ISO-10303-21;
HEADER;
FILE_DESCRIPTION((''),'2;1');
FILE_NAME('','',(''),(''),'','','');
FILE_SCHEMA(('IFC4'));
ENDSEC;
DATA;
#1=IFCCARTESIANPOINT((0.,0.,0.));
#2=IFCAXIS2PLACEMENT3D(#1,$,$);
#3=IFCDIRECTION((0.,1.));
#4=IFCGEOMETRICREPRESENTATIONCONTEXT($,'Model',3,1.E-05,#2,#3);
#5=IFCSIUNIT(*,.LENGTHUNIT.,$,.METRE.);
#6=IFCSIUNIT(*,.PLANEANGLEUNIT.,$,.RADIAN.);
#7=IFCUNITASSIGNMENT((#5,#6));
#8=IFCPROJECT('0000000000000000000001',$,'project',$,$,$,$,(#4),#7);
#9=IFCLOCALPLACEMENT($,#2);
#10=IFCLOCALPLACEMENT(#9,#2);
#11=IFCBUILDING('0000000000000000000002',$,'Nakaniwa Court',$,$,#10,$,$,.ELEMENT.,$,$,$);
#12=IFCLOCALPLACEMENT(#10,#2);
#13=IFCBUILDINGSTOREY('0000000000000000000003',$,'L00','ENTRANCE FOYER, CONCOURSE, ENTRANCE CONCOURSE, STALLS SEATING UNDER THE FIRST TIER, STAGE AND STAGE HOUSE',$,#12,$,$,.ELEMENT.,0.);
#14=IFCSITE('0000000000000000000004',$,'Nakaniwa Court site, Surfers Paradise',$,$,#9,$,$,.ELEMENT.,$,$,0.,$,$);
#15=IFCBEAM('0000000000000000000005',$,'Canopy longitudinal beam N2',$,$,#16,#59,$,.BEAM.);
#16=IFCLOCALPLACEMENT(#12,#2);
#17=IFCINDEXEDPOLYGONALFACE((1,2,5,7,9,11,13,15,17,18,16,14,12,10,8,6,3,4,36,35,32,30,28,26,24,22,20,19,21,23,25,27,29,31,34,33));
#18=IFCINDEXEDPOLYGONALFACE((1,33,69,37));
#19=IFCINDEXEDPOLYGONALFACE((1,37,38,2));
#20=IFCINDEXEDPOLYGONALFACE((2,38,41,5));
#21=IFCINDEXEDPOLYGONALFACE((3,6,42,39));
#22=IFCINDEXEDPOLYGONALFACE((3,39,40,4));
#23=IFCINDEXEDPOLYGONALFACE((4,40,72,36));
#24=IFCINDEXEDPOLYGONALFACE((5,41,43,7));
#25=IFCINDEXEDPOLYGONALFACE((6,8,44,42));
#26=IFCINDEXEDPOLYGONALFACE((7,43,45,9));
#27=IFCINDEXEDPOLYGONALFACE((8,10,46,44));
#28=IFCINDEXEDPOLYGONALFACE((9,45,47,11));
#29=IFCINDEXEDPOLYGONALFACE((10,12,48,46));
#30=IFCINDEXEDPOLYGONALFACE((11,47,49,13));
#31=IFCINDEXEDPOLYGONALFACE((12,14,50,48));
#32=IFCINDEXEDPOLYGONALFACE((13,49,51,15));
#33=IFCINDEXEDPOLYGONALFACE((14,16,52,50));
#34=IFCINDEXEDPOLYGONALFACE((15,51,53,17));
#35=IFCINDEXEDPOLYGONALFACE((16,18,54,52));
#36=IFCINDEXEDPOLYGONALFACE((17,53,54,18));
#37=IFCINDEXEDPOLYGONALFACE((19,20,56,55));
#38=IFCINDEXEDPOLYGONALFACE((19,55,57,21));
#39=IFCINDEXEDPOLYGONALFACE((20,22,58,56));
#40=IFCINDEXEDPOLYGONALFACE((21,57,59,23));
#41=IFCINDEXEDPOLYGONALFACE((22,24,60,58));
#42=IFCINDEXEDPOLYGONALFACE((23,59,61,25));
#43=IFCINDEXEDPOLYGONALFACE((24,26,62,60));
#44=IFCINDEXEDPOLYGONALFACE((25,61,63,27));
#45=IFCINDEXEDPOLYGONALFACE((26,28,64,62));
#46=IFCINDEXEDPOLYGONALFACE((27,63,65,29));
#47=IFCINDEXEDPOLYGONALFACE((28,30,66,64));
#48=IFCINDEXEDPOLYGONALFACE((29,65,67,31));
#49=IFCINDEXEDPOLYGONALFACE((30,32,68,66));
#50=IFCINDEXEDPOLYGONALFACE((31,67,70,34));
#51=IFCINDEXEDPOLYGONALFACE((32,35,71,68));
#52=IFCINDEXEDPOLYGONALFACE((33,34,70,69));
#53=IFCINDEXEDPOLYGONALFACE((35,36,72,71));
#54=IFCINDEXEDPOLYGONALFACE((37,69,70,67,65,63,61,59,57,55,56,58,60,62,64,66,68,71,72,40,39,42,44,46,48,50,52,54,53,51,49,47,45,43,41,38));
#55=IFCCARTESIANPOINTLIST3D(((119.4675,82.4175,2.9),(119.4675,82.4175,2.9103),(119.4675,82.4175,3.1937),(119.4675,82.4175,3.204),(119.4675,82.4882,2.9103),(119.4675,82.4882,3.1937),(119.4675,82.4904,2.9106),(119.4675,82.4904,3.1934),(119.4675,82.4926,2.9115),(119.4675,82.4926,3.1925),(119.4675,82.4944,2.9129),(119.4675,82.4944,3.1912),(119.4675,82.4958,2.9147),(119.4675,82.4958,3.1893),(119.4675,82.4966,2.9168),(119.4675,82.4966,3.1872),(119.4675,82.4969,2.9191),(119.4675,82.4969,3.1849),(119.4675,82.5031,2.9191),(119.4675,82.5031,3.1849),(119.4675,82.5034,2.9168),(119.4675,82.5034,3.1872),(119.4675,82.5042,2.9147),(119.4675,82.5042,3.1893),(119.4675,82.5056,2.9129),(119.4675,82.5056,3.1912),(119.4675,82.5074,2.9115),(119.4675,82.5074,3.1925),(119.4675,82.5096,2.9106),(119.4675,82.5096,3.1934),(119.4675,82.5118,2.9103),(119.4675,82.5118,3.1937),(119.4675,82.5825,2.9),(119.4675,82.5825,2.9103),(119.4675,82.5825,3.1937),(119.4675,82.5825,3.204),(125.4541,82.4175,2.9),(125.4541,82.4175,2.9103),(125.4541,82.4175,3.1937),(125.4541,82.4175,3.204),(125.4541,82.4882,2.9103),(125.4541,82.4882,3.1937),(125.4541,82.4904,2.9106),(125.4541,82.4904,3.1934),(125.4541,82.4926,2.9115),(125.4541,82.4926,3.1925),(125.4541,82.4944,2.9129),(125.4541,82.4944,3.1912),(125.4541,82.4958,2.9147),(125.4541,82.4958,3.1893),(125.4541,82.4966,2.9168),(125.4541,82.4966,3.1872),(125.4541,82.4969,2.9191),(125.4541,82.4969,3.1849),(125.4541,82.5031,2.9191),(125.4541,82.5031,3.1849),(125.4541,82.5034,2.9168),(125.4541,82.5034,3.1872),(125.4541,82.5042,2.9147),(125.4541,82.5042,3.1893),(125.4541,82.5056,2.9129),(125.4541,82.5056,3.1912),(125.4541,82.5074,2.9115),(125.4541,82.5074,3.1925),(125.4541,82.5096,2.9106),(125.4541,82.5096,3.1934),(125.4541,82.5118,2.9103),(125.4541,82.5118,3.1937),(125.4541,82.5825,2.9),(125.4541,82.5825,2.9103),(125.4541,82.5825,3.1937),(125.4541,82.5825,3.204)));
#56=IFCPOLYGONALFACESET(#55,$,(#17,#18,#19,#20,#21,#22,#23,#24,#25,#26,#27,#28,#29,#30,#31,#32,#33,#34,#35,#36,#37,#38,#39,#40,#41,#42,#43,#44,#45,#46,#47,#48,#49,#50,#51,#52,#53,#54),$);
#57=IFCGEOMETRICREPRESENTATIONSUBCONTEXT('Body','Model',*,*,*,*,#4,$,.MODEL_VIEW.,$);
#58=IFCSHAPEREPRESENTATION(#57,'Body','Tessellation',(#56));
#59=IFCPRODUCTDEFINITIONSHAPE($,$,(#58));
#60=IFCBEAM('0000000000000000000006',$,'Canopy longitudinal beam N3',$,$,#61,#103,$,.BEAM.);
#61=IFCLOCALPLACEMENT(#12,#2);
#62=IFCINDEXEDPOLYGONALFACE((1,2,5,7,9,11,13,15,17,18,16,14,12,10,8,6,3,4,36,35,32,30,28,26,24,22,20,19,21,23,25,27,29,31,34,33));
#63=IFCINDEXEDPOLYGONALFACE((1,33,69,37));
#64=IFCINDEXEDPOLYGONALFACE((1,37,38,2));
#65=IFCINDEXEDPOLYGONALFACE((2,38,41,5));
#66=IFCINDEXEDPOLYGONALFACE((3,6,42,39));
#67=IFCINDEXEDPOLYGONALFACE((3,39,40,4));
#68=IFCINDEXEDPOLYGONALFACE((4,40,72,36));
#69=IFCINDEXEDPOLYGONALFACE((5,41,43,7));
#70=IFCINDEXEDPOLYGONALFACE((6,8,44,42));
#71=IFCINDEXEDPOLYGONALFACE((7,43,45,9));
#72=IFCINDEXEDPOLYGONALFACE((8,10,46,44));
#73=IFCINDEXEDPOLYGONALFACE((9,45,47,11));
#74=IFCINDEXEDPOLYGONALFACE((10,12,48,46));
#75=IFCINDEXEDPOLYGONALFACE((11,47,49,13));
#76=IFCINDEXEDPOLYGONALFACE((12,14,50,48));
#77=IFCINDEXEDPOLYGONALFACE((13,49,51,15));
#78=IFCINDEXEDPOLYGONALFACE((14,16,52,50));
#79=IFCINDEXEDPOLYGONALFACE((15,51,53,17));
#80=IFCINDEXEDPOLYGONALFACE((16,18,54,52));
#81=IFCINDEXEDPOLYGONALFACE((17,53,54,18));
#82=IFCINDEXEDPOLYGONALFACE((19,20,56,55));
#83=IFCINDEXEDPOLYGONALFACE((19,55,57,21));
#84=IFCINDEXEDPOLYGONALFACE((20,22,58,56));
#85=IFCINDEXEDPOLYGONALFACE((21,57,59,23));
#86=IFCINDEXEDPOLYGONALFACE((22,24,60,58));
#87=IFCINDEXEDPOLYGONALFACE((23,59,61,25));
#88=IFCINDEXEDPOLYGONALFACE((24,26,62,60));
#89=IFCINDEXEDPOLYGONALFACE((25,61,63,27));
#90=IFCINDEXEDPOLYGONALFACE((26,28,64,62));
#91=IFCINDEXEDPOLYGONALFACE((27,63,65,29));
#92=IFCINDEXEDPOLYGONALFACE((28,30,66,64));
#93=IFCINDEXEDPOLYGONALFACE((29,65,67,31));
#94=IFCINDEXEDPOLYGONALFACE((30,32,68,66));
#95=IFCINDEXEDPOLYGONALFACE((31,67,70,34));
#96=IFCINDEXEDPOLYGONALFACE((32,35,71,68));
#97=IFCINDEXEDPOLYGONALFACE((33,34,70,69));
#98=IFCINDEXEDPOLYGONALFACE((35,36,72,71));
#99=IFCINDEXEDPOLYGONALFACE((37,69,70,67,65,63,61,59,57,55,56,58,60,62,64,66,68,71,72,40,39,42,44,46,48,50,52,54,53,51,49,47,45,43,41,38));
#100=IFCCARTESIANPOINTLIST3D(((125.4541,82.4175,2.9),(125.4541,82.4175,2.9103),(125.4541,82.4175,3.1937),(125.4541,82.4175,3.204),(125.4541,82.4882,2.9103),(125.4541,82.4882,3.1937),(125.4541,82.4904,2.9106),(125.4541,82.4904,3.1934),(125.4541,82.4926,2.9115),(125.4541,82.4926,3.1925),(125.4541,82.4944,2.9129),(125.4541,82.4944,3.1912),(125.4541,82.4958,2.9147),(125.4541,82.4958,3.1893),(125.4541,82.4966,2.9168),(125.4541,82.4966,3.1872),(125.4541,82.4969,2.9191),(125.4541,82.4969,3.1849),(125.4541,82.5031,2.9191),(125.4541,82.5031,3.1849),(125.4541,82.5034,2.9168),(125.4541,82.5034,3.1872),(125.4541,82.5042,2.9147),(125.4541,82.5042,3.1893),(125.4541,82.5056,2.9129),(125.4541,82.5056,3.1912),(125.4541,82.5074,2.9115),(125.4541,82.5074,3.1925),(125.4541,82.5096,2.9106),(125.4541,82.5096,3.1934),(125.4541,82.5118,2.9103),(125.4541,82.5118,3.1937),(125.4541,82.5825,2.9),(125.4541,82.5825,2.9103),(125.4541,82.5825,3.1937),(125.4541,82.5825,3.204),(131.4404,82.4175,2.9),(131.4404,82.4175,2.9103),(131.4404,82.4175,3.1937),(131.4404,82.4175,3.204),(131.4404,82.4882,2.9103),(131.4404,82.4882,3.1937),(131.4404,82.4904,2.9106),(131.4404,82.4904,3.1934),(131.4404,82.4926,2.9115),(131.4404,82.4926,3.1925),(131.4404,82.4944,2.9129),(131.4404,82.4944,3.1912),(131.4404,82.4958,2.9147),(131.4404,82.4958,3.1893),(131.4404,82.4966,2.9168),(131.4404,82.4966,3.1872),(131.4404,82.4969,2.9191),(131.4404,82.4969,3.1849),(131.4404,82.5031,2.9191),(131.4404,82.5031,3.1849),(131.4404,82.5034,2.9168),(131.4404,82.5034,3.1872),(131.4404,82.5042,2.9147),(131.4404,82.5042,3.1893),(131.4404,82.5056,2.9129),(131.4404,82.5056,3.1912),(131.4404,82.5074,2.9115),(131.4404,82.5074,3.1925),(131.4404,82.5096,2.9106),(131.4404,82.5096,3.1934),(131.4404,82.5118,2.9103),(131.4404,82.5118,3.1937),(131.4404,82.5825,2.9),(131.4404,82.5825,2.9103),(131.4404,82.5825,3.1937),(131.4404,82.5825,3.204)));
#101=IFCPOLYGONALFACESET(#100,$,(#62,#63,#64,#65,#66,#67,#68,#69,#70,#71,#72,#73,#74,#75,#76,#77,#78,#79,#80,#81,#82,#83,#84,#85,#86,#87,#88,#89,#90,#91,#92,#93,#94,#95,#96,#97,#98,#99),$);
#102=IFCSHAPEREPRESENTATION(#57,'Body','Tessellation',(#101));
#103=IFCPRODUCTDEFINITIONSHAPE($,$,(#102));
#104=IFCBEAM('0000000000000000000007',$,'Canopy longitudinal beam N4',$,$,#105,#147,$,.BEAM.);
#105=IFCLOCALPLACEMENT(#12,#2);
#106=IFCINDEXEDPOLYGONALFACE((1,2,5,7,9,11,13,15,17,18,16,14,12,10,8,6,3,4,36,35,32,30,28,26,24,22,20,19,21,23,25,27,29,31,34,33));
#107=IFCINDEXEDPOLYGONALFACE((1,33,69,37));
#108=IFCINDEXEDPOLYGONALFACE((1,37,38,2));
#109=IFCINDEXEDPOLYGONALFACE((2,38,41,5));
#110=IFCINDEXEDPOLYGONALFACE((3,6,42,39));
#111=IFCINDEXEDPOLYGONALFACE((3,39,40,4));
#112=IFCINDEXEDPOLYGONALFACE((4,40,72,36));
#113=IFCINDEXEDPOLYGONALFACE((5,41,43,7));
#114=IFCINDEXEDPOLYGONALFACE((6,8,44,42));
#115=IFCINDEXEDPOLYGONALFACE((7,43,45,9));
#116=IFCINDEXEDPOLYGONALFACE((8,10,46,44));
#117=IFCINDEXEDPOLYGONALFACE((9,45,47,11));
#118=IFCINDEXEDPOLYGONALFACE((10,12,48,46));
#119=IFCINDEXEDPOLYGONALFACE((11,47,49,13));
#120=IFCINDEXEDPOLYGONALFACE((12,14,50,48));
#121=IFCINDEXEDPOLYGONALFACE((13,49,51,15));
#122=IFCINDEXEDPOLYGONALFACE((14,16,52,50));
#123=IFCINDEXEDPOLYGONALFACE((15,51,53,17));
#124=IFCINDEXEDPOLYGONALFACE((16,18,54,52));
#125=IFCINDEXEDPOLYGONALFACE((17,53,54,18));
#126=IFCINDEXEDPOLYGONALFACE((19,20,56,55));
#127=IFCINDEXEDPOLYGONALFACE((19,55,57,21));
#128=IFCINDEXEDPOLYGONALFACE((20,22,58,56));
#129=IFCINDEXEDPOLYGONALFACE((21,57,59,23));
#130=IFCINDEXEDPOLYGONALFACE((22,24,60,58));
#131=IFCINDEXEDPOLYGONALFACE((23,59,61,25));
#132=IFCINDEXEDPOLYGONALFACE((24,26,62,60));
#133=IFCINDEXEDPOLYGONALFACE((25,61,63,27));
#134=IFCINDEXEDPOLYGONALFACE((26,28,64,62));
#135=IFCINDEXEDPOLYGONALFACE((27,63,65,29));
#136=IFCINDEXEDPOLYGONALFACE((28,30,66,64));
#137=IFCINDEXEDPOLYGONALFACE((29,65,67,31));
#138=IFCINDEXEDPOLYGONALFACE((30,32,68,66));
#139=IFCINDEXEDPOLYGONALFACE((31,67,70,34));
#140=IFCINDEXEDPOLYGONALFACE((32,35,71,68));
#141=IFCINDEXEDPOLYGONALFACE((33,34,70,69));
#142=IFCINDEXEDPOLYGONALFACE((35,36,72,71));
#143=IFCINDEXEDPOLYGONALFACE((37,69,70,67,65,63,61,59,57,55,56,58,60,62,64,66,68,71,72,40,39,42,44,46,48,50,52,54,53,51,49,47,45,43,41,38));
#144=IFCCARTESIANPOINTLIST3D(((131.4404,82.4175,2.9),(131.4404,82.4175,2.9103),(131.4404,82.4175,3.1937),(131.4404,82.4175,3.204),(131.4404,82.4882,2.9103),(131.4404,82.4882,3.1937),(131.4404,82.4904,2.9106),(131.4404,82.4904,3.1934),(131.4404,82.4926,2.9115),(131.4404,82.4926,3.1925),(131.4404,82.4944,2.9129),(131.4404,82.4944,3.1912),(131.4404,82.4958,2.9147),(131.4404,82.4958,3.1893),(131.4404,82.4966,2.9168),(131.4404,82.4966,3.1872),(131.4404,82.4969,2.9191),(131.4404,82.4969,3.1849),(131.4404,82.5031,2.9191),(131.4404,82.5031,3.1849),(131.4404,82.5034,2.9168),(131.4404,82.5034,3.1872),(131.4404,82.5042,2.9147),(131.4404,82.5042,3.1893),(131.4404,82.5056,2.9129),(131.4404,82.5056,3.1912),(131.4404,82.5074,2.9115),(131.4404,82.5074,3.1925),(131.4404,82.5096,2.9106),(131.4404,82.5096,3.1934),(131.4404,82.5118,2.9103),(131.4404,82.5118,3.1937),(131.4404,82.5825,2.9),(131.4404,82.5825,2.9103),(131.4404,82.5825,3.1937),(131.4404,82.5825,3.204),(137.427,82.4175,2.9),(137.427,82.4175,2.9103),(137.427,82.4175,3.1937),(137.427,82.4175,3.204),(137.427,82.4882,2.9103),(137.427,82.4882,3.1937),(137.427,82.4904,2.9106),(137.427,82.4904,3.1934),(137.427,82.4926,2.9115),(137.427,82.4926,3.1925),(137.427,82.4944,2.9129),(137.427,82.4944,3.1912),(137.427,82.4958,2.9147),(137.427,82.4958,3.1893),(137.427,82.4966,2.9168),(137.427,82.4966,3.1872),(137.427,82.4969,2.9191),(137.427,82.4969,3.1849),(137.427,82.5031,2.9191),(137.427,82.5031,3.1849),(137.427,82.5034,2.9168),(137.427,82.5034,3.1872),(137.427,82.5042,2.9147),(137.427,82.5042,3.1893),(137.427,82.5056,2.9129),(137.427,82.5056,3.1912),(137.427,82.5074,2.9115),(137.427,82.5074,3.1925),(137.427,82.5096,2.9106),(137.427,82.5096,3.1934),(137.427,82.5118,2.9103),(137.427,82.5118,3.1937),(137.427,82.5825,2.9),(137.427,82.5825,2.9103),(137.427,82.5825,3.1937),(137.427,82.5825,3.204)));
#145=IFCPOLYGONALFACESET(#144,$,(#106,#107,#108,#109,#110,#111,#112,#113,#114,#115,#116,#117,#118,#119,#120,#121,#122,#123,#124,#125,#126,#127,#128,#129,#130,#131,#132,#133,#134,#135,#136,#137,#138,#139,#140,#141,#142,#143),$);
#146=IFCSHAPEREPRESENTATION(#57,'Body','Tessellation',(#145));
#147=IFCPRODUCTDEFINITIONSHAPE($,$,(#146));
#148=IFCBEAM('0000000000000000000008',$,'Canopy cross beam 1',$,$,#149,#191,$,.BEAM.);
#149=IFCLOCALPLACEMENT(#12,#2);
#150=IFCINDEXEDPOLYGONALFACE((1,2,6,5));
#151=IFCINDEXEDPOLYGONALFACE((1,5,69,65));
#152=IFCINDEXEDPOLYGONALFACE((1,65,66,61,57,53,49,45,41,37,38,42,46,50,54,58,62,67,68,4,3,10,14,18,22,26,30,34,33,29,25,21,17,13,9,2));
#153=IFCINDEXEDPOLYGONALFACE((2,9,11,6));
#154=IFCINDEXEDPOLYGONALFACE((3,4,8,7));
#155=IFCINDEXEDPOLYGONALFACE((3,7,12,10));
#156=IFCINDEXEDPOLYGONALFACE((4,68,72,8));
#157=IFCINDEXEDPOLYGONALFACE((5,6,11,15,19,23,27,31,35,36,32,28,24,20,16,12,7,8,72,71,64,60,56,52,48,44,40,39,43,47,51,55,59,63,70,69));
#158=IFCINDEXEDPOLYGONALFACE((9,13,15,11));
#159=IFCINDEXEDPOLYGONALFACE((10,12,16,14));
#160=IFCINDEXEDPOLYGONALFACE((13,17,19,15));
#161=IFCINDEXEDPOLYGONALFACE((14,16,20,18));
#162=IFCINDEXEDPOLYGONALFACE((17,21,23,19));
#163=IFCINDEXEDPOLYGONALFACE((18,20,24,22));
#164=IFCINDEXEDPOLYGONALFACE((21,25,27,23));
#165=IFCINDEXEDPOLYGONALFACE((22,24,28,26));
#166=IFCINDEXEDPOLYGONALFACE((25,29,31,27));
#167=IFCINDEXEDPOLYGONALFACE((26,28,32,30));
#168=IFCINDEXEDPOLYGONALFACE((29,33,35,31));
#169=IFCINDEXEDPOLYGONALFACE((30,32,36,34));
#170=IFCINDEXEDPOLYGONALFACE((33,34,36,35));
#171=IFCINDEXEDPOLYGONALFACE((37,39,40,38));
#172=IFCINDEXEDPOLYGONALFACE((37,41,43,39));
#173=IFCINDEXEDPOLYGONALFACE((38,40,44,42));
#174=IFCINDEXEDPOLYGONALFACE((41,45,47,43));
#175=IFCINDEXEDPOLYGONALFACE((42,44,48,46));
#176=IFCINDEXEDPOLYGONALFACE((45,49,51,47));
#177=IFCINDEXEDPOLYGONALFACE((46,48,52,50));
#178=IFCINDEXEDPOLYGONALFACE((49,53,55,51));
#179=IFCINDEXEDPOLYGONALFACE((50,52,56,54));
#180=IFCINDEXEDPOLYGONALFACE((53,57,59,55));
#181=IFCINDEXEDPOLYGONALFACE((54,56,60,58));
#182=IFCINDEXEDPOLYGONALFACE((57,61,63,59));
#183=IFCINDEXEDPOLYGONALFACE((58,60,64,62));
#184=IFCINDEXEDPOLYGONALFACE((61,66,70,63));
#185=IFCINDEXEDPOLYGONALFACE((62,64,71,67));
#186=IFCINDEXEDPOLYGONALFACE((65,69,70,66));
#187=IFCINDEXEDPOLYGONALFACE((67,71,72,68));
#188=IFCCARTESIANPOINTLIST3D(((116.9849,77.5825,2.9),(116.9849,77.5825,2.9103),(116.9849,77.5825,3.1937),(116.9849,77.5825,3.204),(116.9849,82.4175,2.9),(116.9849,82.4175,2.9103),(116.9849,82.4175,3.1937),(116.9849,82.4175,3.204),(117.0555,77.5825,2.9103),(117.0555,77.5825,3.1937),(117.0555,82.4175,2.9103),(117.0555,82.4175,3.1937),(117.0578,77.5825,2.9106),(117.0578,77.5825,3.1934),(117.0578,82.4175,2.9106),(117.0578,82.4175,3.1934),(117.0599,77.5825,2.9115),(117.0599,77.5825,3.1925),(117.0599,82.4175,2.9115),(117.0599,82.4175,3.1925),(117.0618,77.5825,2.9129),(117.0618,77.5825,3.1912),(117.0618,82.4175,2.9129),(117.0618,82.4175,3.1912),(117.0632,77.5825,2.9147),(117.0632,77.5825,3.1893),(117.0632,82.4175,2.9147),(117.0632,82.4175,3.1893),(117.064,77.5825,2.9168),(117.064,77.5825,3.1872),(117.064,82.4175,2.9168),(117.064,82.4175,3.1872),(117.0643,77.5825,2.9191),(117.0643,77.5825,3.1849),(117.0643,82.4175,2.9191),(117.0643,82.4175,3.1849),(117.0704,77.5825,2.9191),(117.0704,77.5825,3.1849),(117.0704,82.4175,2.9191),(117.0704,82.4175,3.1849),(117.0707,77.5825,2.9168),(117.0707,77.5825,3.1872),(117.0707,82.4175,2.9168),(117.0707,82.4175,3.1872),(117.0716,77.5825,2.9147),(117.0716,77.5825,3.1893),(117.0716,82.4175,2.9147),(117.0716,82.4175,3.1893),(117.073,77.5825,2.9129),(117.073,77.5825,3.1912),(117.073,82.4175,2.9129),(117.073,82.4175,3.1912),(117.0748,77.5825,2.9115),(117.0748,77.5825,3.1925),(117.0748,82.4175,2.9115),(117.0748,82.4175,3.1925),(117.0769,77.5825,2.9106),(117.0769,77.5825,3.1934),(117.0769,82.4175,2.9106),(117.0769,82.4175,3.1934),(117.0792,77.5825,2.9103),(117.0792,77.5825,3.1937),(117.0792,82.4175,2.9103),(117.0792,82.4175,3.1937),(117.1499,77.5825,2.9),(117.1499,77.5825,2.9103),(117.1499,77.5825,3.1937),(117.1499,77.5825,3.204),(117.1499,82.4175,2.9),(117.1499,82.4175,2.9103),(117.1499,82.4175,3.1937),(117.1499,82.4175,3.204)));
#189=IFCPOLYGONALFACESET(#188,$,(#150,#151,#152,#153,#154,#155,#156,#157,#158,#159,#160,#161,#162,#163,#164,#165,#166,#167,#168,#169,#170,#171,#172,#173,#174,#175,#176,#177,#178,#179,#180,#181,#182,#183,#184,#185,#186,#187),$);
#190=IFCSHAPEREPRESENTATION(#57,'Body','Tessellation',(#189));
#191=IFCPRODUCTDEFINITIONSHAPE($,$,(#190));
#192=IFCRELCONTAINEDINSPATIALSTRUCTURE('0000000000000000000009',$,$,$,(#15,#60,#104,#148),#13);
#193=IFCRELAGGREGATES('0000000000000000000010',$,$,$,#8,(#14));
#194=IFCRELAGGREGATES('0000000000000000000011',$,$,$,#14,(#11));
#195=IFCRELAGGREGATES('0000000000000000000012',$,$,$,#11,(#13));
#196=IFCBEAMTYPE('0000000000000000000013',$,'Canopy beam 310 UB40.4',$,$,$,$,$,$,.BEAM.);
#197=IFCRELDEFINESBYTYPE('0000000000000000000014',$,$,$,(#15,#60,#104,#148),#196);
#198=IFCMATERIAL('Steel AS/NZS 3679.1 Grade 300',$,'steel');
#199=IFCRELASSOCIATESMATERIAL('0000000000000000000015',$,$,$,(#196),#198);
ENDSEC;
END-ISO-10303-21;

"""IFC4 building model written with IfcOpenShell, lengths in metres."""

from ifc_helpers import new_model, si_unit, direction, frame, origin, origin_2d, place, context, subcontext, project, spatial, i_section, extrude, material, material_profile, profile_set, type_object, element, save


model = new_model("IFC4")

# Units and contexts
model_context = context("Model", 3, precision=1e-05, world=origin(), true_north=direction((0.0, 1.0)))
body_context = subcontext(model_context, "Body", "Model", "MODEL_VIEW")
ifc_project = project(units=[si_unit("LENGTHUNIT", "METRE"), si_unit("PLANEANGLEUNIT", "RADIAN")], contexts=[model_context])

# Site, building, storey
site_placement = place(None, origin())
site = spatial("IfcSite", under=ifc_project, at=site_placement, Name="Nakaniwa Court site, Surfers Paradise", CompositionType="ELEMENT", RefElevation=0.0)
building_placement = place(site_placement, origin())
building = spatial("IfcBuilding", under=site, at=building_placement, Name="Nakaniwa Court", CompositionType="ELEMENT")
storey_placement = place(building_placement, origin())
storey = spatial("IfcBuildingStorey", under=building, at=storey_placement, Name="L00", Description="ENTRANCE FOYER, CONCOURSE, ENTRANCE CONCOURSE, STALLS SEATING UNDER THE FIRST TIER, STAGE AND STAGE HOUSE", CompositionType="ELEMENT", Elevation=0.0)

# Beams
ifc_material_1 = material(Name="Steel AS/NZS 3679.1 Grade 300", Category="steel")
ifc_material_profile_1 = material_profile(ifc_material_1, i_section(OverallWidth=0.165, OverallDepth=0.304, WebThickness=0.0061, FlangeThickness=0.0103, FilletRadius=0.0088, at=origin_2d()), Name="310UB40.4")
ifc_profile_set_1 = profile_set([ifc_material_profile_1], Name="Steel AS/NZS 3679.1 Grade 300")
beam_type = type_object("IfcBeamType", Name="Canopy beam 310 UB40.4", PredefinedType="BEAM", material=ifc_profile_set_1)
beam_1_placement = place(storey_placement, frame((119.4675, 82.5, 3.052), z_axis=(1.0, 0.0, 0.0), x_axis=(0.0, 1.0, 0.0)))
element("IfcBeam", 1, at=beam_1_placement, inside=storey, type_object=beam_type, Name="Canopy longitudinal beam N2", PredefinedType="BEAM", context=body_context, shape_type="SweptSolid", body=[
    extrude(i_section(OverallWidth=0.165, OverallDepth=0.304, WebThickness=0.0061, FlangeThickness=0.0103, FilletRadius=0.0088, at=origin_2d()), origin(), (0.0, 0.0, 1.0), 5.9866),
])
beam_2_placement = place(storey_placement, frame((125.4541, 82.5, 3.052), z_axis=(1.0, 0.0, 0.0), x_axis=(0.0, 1.0, 0.0)))
element("IfcBeam", 2, at=beam_2_placement, inside=storey, type_object=beam_type, Name="Canopy longitudinal beam N3", PredefinedType="BEAM", context=body_context, shape_type="SweptSolid", body=[
    extrude(i_section(OverallWidth=0.165, OverallDepth=0.304, WebThickness=0.0061, FlangeThickness=0.0103, FilletRadius=0.0088, at=origin_2d()), origin(), (0.0, 0.0, 1.0), 5.9863),
])
beam_3_placement = place(storey_placement, frame((131.4404, 82.5, 3.052), z_axis=(1.0, 0.0, 0.0), x_axis=(0.0, 1.0, 0.0)))
element("IfcBeam", 3, at=beam_3_placement, inside=storey, type_object=beam_type, Name="Canopy longitudinal beam N4", PredefinedType="BEAM", context=body_context, shape_type="SweptSolid", body=[
    extrude(i_section(OverallWidth=0.165, OverallDepth=0.304, WebThickness=0.0061, FlangeThickness=0.0103, FilletRadius=0.0088, at=origin_2d()), origin(), (0.0, 0.0, 1.0), 5.9866),
])
for number, where, z_axis, x_axis, name in (
    (4, (117.0674, 77.5825, 3.052), (0.0, 1.0, 0.0), (-1.0, 0.0, 0.0), "Canopy cross beam 1"),
):
    element("IfcBeam", number, at=place(storey_placement, frame(where, z_axis=z_axis, x_axis=x_axis)), inside=storey, type_object=beam_type, Name=name, PredefinedType="BEAM", context=body_context, shape_type="SweptSolid", body=[
        extrude(i_section(OverallWidth=0.165, OverallDepth=0.304, WebThickness=0.0061, FlangeThickness=0.0103, FilletRadius=0.0088, at=origin_2d()), origin(), (0.0, 0.0, 1.0), 4.835),
    ])

save(model, "model.ifc")
